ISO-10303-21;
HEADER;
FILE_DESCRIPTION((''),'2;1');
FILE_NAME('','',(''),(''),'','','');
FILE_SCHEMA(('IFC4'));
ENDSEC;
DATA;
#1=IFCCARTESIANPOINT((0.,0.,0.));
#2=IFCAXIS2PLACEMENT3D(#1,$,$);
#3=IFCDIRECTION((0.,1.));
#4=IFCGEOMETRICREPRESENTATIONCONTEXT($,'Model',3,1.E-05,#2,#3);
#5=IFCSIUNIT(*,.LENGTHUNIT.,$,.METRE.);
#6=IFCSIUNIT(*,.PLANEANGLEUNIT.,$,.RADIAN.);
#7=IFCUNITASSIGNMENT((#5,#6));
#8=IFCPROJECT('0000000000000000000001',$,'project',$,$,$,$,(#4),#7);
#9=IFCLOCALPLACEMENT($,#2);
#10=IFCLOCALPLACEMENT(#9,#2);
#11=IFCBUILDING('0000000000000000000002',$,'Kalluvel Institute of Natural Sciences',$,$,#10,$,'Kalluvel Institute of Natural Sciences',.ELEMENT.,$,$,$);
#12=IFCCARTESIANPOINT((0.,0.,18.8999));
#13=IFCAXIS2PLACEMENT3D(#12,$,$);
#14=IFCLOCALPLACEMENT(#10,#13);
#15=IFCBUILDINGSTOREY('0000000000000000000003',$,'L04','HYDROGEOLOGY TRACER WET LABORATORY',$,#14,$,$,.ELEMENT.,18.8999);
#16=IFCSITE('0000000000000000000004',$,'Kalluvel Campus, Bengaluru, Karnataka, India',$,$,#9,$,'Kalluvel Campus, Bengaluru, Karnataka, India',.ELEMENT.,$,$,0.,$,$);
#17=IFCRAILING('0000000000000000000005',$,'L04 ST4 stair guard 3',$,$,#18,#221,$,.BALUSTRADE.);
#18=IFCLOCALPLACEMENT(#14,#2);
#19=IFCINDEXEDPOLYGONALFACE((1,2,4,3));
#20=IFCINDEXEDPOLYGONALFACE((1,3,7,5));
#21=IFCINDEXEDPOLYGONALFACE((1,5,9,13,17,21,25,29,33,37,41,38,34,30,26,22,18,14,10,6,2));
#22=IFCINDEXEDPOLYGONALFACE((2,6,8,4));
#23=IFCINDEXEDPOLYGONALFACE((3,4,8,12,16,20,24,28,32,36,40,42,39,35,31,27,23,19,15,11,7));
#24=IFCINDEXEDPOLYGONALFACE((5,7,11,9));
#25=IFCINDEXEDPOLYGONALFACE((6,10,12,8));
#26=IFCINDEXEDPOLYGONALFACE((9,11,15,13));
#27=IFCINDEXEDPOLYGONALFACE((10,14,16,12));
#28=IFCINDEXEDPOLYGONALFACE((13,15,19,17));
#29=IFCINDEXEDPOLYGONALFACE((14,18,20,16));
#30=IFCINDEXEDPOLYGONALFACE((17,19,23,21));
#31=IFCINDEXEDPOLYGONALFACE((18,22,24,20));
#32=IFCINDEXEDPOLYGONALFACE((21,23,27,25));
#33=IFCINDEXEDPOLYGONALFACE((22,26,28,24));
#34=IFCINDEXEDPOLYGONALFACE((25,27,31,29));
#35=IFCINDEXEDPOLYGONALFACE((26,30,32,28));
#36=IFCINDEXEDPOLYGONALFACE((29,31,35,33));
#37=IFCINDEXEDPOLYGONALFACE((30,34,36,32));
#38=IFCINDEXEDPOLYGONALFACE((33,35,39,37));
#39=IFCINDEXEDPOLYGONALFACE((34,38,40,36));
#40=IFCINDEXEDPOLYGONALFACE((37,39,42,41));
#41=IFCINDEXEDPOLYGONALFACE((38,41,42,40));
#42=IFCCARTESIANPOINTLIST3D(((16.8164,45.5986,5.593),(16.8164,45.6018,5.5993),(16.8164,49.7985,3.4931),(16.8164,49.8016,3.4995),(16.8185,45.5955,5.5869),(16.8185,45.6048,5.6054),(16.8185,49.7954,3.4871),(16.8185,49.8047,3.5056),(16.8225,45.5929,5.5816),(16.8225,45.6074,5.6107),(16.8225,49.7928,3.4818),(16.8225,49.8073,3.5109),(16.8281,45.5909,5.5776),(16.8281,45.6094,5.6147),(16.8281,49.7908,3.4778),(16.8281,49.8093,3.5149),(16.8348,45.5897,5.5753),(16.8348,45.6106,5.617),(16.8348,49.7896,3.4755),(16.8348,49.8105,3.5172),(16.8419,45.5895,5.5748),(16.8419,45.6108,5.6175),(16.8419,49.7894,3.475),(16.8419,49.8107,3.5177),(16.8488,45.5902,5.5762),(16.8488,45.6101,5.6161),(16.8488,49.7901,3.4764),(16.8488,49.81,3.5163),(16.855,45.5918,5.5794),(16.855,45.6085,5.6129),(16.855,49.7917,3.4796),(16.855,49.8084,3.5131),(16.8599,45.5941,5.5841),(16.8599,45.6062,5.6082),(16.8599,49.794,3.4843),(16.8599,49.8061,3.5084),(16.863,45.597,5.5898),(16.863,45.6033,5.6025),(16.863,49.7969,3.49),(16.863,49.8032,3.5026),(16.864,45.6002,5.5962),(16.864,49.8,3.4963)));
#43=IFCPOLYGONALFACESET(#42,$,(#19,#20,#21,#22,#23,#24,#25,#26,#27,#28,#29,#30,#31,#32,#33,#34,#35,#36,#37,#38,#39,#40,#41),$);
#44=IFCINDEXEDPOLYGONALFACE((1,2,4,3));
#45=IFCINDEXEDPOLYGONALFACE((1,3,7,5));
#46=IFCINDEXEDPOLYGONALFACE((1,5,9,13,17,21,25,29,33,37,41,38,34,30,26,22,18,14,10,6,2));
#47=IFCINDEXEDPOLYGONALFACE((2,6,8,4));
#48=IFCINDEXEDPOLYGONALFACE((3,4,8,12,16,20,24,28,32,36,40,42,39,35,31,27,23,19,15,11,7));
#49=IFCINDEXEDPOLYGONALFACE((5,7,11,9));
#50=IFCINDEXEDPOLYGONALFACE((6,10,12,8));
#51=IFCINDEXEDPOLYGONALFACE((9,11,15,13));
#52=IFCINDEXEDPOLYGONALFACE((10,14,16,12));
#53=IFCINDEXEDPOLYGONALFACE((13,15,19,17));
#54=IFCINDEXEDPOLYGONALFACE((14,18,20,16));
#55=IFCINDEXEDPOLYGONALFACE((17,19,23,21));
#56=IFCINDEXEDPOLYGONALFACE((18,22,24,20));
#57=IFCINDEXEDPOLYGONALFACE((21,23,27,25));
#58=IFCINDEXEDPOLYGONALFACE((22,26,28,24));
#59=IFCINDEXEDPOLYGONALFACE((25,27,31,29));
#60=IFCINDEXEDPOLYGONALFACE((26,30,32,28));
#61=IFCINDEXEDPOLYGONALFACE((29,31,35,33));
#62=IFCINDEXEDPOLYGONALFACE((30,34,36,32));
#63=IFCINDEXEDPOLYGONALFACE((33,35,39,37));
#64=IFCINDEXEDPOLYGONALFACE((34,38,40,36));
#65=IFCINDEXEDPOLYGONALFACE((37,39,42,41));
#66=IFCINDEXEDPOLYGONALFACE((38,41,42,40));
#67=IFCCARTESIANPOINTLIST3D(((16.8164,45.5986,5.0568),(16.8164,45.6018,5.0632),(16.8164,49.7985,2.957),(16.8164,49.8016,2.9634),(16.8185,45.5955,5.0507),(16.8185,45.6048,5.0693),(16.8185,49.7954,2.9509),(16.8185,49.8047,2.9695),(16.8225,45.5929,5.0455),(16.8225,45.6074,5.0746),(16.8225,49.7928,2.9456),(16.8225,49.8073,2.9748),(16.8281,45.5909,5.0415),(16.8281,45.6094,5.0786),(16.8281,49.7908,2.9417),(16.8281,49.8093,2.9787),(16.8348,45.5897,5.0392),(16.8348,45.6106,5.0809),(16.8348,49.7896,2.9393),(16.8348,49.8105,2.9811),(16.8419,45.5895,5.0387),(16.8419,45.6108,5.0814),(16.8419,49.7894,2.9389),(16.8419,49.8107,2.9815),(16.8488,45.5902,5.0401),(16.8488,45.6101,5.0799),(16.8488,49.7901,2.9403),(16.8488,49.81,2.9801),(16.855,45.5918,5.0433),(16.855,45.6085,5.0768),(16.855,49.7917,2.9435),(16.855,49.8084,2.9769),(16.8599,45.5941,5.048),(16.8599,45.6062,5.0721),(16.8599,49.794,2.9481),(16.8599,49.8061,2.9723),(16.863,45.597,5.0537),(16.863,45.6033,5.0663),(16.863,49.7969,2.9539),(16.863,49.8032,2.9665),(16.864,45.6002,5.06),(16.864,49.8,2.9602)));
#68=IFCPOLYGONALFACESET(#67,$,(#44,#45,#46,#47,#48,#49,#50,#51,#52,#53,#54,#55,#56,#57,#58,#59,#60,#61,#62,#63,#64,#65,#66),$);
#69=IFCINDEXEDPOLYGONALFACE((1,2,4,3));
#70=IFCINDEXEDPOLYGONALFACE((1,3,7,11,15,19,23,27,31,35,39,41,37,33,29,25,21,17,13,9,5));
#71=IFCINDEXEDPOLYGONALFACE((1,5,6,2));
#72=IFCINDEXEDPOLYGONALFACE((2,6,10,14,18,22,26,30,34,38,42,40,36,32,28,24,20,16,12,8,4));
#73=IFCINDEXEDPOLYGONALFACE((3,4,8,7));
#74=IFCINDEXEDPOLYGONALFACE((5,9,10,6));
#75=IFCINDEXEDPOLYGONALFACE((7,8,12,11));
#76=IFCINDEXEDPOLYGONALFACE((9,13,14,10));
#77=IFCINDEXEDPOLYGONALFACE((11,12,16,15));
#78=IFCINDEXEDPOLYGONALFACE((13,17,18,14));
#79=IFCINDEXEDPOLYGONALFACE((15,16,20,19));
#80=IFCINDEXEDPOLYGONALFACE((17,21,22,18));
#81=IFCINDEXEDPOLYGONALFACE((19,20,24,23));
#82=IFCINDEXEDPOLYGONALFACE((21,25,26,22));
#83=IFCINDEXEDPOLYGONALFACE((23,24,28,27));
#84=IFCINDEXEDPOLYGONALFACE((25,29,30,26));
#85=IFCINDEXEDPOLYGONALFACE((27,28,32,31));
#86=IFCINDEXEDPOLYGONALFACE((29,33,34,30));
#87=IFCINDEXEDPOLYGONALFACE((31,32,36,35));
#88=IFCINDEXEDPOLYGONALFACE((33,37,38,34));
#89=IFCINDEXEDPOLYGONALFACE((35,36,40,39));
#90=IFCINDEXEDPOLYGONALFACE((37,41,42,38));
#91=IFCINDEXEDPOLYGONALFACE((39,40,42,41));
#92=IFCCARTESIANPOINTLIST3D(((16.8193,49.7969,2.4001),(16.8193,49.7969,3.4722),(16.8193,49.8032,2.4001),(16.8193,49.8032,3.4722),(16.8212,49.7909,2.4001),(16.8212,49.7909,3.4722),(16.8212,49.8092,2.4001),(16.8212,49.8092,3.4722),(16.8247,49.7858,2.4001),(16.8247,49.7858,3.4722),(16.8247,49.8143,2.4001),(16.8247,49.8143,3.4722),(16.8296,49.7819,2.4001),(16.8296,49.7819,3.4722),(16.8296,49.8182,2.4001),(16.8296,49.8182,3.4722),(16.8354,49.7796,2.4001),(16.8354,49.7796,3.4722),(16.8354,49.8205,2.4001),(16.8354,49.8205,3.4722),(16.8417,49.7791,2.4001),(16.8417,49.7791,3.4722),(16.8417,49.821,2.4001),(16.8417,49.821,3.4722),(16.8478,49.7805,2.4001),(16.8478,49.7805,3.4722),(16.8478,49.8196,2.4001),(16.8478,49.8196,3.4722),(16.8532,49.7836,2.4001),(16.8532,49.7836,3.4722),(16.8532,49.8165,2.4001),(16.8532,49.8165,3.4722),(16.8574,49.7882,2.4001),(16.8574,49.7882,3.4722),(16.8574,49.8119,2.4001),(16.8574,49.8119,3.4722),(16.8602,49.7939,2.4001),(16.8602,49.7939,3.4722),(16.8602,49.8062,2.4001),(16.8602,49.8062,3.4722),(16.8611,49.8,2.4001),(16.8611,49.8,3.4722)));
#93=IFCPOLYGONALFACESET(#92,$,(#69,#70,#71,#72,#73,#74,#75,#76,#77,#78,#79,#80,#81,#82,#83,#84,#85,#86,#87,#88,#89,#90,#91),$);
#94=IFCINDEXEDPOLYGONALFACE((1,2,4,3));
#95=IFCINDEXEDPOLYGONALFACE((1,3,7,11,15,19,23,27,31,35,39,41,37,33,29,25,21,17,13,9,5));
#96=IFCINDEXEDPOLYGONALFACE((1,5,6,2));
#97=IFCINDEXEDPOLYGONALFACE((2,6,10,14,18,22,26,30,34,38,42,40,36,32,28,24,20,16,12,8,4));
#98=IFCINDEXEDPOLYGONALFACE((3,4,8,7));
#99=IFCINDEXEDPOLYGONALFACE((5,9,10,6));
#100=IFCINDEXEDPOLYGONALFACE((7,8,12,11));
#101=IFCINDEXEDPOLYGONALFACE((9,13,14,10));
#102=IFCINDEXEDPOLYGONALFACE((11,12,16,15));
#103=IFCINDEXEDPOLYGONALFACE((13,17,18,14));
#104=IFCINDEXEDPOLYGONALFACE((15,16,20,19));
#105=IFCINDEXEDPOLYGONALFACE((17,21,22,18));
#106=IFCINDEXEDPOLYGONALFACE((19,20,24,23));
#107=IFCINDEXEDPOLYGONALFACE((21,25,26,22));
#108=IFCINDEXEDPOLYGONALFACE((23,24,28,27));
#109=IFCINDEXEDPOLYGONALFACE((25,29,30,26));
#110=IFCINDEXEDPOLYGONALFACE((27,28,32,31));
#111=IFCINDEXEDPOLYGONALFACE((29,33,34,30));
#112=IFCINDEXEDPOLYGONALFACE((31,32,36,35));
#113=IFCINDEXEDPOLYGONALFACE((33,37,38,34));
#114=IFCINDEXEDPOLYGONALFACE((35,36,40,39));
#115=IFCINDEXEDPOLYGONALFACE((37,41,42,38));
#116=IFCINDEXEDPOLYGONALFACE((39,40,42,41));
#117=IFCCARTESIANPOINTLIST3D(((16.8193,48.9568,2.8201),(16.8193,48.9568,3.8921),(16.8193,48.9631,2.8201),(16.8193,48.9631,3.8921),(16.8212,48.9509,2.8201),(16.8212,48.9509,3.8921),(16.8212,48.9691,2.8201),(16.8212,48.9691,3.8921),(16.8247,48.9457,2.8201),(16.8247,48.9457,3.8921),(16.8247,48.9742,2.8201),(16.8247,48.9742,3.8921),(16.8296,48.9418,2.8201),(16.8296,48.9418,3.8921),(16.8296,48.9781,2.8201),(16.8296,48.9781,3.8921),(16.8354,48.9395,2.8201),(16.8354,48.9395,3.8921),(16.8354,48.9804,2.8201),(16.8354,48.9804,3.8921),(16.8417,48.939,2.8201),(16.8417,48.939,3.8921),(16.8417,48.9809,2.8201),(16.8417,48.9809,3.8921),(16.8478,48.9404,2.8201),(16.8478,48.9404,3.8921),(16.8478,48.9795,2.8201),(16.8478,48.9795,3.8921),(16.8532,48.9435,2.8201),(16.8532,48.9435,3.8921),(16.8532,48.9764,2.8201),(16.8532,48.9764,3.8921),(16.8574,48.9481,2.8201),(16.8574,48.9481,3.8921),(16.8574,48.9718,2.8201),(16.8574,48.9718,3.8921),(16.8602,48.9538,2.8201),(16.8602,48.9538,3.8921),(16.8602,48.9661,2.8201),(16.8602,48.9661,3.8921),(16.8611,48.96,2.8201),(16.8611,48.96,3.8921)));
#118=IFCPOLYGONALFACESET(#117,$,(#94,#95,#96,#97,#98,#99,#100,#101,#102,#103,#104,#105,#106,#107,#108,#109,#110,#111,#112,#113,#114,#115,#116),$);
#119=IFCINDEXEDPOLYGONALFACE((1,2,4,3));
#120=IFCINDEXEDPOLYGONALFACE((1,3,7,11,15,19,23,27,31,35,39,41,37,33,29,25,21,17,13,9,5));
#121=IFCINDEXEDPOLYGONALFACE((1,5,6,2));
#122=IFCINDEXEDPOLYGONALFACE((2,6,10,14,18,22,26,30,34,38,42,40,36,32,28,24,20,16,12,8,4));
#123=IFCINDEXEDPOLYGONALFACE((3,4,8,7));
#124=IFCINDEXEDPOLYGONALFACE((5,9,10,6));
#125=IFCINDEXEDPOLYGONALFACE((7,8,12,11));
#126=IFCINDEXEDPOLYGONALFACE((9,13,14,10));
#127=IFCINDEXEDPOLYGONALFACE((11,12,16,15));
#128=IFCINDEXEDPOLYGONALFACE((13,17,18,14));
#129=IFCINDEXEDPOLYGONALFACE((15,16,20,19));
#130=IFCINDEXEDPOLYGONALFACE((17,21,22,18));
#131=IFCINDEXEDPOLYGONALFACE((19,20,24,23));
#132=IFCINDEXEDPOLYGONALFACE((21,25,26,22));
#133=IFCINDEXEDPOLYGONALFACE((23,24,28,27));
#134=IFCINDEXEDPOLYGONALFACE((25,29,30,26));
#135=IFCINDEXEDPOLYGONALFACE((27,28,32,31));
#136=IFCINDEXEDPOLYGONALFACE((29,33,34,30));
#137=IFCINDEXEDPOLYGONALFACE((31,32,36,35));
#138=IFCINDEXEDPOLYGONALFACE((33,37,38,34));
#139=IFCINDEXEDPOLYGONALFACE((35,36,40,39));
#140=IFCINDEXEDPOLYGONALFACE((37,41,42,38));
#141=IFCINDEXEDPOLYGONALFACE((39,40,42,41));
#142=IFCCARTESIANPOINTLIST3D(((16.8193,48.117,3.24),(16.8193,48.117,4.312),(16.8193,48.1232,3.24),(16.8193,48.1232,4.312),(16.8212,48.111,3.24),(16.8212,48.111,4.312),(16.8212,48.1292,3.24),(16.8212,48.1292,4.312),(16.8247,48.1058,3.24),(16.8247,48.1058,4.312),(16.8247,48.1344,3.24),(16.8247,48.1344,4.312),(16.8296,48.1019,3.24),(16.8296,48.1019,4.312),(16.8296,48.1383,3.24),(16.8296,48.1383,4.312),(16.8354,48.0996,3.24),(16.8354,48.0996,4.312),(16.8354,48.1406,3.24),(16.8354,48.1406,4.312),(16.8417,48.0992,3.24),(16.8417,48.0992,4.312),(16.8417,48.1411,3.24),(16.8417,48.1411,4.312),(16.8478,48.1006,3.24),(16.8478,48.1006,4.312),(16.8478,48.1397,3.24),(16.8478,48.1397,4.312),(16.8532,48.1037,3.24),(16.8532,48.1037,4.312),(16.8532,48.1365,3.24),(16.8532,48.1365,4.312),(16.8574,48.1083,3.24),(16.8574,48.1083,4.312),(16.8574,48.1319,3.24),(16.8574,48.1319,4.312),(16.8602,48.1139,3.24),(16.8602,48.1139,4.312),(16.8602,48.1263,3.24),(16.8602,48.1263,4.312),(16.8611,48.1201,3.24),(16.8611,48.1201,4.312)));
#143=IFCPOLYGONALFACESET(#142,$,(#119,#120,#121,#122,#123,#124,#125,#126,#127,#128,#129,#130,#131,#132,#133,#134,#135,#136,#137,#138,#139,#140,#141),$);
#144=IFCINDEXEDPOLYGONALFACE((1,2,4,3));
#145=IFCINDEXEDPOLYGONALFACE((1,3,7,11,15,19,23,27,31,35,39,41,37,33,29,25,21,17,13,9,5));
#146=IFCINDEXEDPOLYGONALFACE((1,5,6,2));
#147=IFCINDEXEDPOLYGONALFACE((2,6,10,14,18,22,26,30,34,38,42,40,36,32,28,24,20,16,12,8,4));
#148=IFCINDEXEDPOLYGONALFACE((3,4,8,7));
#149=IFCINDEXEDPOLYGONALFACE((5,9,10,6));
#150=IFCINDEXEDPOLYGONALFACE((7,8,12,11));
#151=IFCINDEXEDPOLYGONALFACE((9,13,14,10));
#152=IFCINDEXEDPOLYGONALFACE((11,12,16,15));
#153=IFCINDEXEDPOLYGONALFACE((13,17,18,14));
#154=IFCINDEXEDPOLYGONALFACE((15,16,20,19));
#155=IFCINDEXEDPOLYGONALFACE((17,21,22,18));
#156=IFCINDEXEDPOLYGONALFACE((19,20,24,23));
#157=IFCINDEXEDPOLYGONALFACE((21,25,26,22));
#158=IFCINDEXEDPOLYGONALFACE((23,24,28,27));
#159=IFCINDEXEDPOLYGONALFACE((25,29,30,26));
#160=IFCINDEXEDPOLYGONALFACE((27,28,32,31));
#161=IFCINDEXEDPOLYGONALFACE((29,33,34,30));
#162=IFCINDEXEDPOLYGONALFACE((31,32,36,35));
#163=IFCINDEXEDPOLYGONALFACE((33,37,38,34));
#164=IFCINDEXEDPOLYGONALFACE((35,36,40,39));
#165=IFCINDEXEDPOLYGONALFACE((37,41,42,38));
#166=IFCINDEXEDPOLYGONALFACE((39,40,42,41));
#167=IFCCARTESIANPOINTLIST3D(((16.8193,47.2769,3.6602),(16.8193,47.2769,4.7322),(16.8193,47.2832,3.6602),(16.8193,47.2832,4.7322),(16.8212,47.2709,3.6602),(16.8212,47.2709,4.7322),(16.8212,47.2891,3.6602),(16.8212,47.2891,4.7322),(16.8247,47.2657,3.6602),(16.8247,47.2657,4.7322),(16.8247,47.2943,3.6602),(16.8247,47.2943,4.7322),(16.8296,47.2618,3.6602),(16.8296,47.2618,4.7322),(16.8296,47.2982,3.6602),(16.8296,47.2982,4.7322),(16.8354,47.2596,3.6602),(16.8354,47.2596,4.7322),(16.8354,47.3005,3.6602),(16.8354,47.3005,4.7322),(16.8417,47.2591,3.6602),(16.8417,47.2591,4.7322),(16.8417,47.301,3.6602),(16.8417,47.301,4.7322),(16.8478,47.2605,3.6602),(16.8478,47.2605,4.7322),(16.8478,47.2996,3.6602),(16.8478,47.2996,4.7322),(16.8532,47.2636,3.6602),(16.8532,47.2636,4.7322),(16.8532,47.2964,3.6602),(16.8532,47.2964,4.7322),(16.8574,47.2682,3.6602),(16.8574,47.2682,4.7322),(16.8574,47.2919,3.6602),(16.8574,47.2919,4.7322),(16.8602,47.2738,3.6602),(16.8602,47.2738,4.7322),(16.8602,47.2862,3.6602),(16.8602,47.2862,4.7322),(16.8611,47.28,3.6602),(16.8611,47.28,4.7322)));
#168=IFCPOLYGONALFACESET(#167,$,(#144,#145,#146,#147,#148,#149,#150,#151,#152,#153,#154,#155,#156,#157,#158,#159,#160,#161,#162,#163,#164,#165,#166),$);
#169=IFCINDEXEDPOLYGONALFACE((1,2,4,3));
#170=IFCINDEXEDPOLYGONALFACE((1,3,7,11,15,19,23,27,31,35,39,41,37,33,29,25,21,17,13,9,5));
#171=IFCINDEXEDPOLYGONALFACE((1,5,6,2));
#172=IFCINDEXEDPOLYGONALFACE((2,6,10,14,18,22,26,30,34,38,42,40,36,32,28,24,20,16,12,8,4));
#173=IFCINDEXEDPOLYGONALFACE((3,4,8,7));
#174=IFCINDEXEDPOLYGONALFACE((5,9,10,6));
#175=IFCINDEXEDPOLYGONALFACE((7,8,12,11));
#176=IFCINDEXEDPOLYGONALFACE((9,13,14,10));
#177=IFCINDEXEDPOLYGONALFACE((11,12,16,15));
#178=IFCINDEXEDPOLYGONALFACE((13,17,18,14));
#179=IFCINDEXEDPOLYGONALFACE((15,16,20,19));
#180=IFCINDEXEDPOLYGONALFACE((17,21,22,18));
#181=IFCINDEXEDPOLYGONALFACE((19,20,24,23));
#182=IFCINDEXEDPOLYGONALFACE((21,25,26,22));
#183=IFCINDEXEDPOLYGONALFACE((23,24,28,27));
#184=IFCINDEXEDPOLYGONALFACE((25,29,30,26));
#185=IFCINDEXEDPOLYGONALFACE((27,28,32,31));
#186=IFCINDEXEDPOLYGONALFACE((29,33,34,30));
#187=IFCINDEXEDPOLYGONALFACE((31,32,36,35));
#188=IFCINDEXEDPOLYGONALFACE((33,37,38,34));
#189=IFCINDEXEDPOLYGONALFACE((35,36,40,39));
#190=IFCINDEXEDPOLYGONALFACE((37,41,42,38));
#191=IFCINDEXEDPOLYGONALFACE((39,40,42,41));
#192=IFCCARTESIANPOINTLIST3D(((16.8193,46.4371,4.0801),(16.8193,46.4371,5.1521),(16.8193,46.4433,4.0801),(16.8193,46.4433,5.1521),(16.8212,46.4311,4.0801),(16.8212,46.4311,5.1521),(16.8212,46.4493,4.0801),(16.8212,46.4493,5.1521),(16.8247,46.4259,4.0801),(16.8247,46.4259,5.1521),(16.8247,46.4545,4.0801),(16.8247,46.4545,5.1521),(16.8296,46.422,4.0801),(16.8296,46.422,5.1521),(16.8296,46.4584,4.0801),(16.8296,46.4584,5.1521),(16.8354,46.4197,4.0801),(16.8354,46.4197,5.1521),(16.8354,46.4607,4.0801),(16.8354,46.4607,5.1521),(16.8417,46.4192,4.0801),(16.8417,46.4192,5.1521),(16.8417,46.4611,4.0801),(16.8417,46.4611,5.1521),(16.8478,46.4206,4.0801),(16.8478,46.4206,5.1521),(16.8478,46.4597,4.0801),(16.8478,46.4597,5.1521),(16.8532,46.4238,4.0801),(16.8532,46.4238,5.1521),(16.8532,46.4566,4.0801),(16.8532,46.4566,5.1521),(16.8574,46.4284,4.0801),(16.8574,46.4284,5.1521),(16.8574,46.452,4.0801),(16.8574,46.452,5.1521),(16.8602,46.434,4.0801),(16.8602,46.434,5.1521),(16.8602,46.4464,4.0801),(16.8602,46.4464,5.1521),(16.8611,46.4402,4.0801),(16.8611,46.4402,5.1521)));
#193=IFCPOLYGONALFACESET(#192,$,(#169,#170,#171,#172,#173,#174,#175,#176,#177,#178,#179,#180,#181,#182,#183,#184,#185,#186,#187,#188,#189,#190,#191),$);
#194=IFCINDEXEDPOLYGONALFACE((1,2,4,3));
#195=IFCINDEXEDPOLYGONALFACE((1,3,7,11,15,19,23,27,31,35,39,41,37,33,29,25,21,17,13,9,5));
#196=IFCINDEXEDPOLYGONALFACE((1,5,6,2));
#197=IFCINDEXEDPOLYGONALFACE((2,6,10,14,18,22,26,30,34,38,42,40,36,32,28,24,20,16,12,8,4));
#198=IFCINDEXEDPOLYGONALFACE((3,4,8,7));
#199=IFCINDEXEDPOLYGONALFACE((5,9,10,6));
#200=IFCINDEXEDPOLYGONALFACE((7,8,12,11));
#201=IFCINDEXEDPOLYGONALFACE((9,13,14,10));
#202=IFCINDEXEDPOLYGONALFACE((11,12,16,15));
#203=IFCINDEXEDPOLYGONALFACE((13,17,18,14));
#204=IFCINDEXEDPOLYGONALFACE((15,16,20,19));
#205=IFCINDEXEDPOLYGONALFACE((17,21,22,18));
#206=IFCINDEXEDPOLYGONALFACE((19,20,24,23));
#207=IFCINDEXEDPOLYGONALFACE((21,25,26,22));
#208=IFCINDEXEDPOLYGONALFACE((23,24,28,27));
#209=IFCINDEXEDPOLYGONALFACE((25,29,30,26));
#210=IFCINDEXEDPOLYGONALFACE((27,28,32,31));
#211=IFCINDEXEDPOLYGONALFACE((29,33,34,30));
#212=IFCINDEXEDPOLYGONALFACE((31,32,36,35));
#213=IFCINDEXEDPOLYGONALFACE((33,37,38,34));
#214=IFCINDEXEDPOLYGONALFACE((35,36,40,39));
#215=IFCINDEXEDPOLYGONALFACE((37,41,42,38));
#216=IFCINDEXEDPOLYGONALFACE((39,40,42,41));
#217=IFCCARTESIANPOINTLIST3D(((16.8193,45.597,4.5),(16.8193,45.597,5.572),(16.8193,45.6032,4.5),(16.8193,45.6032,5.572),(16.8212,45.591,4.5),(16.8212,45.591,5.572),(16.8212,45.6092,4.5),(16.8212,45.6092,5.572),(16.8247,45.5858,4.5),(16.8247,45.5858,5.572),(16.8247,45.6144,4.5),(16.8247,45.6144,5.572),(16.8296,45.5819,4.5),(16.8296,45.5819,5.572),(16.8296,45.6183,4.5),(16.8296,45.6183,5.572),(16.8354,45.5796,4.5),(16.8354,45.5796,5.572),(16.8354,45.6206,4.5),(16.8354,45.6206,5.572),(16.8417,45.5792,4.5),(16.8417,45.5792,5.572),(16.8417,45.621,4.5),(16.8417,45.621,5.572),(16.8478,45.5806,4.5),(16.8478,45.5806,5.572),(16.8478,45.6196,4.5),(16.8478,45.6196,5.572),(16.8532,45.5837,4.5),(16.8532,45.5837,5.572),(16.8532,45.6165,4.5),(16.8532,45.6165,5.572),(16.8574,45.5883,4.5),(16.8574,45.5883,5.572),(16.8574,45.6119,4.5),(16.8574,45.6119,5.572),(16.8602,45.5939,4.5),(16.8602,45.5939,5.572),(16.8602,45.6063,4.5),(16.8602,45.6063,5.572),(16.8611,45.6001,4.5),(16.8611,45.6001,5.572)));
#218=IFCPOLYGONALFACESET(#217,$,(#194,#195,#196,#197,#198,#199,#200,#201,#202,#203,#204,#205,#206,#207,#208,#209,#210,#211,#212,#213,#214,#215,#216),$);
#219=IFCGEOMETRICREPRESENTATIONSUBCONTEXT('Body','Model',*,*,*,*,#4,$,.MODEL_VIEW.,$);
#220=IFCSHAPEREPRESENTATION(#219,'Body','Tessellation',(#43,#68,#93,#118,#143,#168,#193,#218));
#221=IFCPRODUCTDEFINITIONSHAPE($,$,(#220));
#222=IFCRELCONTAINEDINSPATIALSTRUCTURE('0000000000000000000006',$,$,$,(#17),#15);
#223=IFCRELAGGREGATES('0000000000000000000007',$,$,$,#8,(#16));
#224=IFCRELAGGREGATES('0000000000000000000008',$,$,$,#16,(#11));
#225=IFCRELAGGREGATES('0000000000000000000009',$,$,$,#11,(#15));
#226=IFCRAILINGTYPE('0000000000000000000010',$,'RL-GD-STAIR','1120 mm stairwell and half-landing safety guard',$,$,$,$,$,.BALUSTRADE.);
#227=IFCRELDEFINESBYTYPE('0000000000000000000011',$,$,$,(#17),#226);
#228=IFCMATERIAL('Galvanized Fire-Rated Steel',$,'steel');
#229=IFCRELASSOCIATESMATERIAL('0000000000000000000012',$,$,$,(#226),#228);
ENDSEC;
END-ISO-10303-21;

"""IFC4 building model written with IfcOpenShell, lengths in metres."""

from ifc_helpers import new_model, si_unit, direction, frame, origin, origin_2d, place, context, subcontext, project, spatial, circle, extrude, material, type_object, element, save


model = new_model("IFC4")

# Units and contexts
model_context = context("Model", 3, precision=1e-05, world=origin(), true_north=direction((0.0, 1.0)))
body_context = subcontext(model_context, "Body", "Model", "MODEL_VIEW")
ifc_project = project(units=[si_unit("LENGTHUNIT", "METRE"), si_unit("PLANEANGLEUNIT", "RADIAN")], contexts=[model_context])

# Site, building, storey
site_placement = place(None, origin())
site = spatial("IfcSite", under=ifc_project, at=site_placement, Name="Kalluvel Campus, Bengaluru, Karnataka, India", LongName="Kalluvel Campus, Bengaluru, Karnataka, India", CompositionType="ELEMENT", RefElevation=0.0)
building_placement = place(site_placement, origin())
building = spatial("IfcBuilding", under=site, at=building_placement, Name="Kalluvel Institute of Natural Sciences", LongName="Kalluvel Institute of Natural Sciences", CompositionType="ELEMENT")
storey_placement = place(building_placement, frame((0.0, 0.0, 18.8999)))
storey = spatial("IfcBuildingStorey", under=building, at=storey_placement, Name="L04", Description="HYDROGEOLOGY TRACER WET LABORATORY", CompositionType="ELEMENT", Elevation=18.8999)

# Shared definitions
ifc_material_1 = material(Name="Galvanized Fire-Rated Steel", Category="steel")

# Railing
railing_type_1 = type_object("IfcRailingType", Name="RL-GD-STAIR", Description="1120 mm stairwell and half-landing safety guard", PredefinedType="BALUSTRADE", material=ifc_material_1)
railing_1_placement = place(storey_placement, frame((16.8401, 49.8, 2.4001)))
element("IfcRailing", 1, at=railing_1_placement, inside=storey, type_object=railing_type_1, Name="L04 ST4 stair guard 3", PredefinedType="BALUSTRADE", context=body_context, shape_type="SweptSolid", body=[
    extrude(circle(Radius=0.0239, at=origin_2d()), frame((0.0, 0.0, 1.0962), z_axis=(0.0, -0.894438, 0.447193), x_axis=(1.0, 0.0, 0.0)), (0.0, 0.0, 1.0), 4.6956),
    extrude(circle(Radius=0.0239, at=origin_2d()), frame((0.0, 0.0, 0.5601), z_axis=(0.0, -0.894438, 0.447193), x_axis=(1.0, 0.0, 0.0)), (0.0, 0.0, 1.0), 4.6956),
    extrude(circle(Radius=0.021, at=origin_2d()), origin(), (0.0, 0.0, 1.0), 1.072),
    extrude(circle(Radius=0.021, at=origin_2d()), frame((0.0, -0.8401, 0.4199)), (0.0, 0.0, 1.0), 1.072),
    extrude(circle(Radius=0.021, at=origin_2d()), frame((0.0, -1.6799, 0.8398)), (0.0, 0.0, 1.0), 1.072),
    extrude(circle(Radius=0.021, at=origin_2d()), frame((0.0, -2.52, 1.26)), (0.0, 0.0, 1.0), 1.072),
    extrude(circle(Radius=0.021, at=origin_2d()), frame((0.0, -3.3599, 1.6799)), (0.0, 0.0, 1.0), 1.072),
    extrude(circle(Radius=0.021, at=origin_2d()), frame((0.0, -4.2, 2.0999)), (0.0, 0.0, 1.0), 1.072),
])

save(model, "model.ifc")
